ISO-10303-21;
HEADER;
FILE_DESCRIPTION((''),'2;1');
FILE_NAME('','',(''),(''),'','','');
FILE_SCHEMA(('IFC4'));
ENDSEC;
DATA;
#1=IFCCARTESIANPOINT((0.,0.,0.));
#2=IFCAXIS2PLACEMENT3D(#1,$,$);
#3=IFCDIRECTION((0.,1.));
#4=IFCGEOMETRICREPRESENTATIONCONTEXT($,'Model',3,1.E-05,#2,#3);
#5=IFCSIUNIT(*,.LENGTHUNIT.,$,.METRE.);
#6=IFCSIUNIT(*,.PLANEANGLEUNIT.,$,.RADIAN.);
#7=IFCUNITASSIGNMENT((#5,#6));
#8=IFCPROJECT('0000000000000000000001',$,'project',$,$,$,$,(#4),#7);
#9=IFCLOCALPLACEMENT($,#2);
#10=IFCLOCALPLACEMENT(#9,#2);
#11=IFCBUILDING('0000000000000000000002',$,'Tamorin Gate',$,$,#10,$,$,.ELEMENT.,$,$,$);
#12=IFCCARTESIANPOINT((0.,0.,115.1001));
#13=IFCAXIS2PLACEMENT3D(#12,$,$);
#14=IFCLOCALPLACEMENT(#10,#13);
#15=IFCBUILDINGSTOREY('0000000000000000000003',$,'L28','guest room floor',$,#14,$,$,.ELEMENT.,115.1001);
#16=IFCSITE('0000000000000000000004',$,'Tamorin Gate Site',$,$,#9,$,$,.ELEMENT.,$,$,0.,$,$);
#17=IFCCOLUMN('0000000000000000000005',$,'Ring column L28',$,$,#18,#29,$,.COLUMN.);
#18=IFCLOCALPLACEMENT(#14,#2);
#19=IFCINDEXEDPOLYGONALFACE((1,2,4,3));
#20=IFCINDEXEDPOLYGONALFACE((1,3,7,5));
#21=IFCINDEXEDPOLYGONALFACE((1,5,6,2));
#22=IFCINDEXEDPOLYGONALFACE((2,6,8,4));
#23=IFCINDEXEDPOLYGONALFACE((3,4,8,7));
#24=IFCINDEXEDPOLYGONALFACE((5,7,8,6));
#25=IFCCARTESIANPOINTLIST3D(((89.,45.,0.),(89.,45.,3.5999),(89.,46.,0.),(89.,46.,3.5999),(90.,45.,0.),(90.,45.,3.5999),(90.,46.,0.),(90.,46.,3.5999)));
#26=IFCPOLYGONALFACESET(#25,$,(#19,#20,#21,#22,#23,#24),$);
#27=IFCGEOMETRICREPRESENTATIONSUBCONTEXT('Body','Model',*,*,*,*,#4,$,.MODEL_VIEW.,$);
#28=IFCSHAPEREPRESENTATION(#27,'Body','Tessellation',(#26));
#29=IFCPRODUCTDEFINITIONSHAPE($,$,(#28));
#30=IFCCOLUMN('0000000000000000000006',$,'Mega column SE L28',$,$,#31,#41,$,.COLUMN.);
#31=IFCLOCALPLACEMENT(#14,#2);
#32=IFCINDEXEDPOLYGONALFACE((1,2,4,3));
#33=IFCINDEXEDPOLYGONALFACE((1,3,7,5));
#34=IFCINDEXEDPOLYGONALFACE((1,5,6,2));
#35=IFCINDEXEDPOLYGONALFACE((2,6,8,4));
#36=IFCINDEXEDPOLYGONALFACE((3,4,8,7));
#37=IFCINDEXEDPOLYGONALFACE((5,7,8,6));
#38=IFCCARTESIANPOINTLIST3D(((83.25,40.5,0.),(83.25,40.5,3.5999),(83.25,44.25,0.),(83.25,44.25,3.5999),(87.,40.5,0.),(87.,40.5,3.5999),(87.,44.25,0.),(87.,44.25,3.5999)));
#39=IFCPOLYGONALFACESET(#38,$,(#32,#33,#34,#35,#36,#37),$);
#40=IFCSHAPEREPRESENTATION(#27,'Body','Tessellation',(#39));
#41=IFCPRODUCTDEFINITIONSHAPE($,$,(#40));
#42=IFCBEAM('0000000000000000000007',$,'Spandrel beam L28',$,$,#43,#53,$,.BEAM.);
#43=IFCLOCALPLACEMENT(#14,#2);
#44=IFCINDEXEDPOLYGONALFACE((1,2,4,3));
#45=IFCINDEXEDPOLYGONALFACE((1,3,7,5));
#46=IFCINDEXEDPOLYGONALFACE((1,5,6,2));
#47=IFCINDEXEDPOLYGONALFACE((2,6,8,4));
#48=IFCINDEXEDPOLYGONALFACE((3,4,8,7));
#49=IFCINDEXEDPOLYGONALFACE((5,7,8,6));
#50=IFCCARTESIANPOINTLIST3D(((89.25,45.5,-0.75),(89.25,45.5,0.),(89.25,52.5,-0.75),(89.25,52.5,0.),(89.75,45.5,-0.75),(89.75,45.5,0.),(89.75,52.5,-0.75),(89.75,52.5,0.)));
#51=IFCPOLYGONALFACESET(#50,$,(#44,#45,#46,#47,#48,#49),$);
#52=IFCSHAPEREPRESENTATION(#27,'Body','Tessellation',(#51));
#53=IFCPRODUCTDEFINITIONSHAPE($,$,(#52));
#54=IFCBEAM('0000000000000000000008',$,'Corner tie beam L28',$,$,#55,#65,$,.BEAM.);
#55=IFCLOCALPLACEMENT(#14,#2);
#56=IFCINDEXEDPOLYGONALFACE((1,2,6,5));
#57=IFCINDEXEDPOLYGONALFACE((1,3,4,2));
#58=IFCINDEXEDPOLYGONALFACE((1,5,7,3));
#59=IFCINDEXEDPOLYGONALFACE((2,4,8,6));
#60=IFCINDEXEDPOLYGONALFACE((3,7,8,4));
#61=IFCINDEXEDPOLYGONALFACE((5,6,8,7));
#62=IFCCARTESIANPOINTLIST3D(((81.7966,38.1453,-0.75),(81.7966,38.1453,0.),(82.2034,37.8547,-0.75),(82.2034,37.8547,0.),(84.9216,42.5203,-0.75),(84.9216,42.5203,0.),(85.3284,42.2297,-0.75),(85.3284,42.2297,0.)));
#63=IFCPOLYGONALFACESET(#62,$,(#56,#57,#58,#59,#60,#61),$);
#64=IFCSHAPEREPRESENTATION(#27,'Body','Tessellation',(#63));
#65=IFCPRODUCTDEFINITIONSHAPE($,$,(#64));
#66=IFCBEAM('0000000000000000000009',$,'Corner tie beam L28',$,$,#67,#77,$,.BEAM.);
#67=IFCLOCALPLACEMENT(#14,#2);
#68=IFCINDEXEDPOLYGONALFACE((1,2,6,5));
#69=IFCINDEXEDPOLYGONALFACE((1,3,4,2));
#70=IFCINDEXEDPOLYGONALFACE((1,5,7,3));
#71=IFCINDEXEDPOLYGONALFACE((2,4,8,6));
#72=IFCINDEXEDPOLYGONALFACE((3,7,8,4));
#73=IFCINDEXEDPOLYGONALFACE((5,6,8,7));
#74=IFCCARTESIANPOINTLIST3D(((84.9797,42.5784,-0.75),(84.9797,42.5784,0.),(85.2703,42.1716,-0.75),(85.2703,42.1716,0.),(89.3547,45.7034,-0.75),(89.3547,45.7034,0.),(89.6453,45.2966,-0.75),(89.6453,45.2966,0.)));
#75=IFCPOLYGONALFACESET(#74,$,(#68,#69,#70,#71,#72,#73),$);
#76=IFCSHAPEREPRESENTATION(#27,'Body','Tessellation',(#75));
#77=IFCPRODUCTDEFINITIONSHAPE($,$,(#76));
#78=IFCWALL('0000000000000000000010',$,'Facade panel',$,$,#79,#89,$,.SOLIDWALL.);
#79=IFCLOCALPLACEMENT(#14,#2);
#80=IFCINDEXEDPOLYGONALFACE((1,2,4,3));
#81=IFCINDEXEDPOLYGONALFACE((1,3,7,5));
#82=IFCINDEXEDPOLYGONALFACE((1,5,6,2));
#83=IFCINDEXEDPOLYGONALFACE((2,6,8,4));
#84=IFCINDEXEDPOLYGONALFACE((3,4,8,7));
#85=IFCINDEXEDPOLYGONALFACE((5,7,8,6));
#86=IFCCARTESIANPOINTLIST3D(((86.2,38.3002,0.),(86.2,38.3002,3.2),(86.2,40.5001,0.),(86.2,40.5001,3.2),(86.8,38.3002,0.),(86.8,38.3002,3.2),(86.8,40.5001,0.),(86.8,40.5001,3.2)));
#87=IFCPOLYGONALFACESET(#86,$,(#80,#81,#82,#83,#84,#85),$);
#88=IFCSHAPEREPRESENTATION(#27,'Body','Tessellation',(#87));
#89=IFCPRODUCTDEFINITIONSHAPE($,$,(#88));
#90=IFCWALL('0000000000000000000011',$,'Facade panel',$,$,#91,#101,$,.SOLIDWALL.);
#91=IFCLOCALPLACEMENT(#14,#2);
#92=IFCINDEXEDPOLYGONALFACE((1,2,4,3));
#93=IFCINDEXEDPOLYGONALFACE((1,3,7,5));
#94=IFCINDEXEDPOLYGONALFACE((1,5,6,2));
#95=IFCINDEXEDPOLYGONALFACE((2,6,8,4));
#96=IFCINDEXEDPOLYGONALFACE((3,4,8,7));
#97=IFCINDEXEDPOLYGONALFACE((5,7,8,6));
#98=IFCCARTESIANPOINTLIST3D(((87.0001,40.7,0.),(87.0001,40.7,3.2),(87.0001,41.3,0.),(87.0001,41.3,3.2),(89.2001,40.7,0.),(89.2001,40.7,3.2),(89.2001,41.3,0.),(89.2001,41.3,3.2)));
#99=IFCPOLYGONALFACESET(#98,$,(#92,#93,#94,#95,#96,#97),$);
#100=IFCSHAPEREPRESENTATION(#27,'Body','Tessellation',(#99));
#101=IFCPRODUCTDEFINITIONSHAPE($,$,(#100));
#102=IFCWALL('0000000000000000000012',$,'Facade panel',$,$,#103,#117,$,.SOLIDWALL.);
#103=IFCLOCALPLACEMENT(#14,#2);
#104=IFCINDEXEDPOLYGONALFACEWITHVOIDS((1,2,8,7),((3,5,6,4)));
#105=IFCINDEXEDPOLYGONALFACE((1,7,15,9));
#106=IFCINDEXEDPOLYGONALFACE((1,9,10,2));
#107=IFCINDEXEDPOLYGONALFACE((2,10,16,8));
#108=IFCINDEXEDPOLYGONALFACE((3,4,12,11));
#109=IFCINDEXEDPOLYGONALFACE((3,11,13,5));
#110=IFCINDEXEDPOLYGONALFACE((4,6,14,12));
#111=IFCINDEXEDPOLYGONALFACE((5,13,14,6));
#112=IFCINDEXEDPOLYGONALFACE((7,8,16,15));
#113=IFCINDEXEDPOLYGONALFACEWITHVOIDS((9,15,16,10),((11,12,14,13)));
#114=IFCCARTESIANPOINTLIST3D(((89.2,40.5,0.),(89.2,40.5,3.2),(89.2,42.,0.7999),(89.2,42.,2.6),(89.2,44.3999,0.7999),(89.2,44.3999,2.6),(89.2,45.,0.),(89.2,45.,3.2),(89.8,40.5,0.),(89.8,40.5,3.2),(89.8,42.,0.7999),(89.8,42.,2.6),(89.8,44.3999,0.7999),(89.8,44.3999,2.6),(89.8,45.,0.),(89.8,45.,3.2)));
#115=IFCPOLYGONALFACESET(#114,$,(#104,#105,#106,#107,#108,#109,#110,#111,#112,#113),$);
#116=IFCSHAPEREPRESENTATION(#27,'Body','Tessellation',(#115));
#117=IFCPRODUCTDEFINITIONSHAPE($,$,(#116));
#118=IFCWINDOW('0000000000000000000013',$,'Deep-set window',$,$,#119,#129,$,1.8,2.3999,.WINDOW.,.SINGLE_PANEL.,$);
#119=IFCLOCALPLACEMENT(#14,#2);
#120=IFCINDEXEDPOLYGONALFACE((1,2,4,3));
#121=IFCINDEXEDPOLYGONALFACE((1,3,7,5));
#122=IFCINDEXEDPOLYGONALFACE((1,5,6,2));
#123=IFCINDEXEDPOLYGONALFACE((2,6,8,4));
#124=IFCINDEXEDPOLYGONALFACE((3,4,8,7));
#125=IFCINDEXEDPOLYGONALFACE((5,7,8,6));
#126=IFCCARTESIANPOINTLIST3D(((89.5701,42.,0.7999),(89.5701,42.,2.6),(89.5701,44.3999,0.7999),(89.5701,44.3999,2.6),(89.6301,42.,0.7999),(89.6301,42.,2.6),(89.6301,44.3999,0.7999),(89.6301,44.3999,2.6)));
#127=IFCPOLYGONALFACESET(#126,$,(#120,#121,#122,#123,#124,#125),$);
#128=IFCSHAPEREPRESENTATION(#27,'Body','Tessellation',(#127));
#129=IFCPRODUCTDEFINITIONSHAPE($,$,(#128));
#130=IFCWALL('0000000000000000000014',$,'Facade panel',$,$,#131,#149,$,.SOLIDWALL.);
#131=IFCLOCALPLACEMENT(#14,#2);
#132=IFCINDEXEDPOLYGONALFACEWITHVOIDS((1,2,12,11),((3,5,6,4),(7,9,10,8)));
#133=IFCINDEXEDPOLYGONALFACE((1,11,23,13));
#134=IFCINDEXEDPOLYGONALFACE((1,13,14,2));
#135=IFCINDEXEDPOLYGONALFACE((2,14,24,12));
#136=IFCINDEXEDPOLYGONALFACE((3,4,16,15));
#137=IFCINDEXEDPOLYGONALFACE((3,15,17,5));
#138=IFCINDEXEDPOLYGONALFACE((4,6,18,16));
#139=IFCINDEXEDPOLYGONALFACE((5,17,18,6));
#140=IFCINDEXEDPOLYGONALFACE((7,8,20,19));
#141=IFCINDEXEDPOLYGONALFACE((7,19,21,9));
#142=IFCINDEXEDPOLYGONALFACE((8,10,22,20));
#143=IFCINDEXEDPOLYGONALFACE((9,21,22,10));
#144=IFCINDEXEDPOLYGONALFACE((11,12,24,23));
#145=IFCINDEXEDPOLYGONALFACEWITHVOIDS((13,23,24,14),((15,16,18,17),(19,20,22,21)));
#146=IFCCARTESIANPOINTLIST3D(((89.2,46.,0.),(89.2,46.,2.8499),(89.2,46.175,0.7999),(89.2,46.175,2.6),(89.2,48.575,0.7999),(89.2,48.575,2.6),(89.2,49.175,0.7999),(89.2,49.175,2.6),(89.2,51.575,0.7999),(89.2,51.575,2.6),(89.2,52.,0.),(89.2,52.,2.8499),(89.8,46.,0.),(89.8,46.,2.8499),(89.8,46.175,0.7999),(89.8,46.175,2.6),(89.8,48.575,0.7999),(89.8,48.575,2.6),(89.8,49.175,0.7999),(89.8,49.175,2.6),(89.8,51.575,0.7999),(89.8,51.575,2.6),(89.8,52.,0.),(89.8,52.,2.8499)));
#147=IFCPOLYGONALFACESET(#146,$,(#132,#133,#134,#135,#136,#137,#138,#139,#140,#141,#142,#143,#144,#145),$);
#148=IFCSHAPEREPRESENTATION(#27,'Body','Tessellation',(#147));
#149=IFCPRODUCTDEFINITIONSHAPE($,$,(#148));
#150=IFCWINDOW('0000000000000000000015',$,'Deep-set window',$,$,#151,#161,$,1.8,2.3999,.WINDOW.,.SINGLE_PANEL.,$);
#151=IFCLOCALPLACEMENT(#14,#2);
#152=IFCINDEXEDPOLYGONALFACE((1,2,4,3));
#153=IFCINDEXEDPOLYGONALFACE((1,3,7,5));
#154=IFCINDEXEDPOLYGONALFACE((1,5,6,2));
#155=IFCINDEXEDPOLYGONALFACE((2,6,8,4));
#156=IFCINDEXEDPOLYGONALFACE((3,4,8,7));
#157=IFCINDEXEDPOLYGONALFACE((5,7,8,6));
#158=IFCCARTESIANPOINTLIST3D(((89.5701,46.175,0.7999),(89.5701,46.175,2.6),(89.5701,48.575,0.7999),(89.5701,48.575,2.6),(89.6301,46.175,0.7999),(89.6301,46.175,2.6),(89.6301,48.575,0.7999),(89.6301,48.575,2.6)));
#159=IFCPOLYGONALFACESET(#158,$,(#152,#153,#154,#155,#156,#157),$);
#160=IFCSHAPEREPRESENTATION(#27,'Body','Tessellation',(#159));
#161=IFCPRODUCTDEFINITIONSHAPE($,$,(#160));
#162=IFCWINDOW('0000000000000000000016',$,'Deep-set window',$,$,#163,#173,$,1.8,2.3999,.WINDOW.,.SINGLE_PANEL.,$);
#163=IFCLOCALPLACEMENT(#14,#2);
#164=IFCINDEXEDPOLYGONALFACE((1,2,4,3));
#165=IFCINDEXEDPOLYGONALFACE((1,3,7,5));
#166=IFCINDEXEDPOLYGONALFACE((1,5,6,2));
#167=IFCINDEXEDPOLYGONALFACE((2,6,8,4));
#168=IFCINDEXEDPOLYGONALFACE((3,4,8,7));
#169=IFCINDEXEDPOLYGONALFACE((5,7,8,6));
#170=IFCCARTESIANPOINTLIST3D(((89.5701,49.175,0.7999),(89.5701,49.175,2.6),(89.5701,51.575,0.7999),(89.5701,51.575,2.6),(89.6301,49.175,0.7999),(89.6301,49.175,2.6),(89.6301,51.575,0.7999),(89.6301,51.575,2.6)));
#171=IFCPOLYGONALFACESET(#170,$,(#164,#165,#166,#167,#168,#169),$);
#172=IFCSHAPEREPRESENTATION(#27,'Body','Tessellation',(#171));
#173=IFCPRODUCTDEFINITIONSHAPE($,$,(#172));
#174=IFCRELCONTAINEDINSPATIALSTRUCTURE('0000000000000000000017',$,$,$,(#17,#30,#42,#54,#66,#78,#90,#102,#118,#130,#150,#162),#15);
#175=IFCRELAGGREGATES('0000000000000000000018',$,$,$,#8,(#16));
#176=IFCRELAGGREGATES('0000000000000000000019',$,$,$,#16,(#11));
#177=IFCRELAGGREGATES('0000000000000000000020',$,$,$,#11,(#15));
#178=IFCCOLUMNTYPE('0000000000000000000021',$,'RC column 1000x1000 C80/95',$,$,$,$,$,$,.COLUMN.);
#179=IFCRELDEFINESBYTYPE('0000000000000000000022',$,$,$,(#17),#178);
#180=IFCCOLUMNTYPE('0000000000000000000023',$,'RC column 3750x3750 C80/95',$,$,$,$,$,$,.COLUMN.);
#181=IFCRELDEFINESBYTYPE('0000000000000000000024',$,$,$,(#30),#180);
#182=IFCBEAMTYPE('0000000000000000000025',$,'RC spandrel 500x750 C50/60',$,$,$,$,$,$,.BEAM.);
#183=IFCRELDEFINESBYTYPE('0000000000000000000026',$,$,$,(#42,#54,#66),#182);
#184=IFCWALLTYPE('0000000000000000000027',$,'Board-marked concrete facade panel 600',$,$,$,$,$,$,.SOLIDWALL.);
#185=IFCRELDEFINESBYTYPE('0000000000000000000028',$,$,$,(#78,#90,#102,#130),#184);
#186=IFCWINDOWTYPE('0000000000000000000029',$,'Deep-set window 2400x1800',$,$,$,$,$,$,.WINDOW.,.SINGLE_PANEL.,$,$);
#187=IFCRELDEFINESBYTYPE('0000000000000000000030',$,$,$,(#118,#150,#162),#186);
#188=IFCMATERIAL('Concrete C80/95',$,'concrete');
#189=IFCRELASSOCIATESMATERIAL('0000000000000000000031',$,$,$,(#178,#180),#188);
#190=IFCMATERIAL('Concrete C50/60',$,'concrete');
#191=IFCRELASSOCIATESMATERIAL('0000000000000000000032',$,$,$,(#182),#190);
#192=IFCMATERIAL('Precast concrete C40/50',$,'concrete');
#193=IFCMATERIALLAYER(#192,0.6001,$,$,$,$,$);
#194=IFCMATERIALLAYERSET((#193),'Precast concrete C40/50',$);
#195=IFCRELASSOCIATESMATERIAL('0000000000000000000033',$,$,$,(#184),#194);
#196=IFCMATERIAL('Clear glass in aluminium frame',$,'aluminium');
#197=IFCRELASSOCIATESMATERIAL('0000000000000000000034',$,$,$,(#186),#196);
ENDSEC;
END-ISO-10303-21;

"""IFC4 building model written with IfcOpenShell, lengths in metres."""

from ifc_helpers import new_model, si_unit, direction, frame, frame_2d, origin, origin_2d, place, context, subcontext, project, spatial, rectangle, extrude, material, layer, layer_set, material_profile, profile_set, type_object, element, fill, save


model = new_model("IFC4")

# Units and contexts
model_context = context("Model", 3, precision=1e-05, world=origin(), true_north=direction((0.0, 1.0)))
body_context = subcontext(model_context, "Body", "Model", "MODEL_VIEW")
ifc_project = project(units=[si_unit("LENGTHUNIT", "METRE"), si_unit("PLANEANGLEUNIT", "RADIAN")], contexts=[model_context])

# Site, building, storey
site_placement = place(None, origin())
site = spatial("IfcSite", under=ifc_project, at=site_placement, Name="Tamorin Gate Site", CompositionType="ELEMENT", RefElevation=0.0)
building_placement = place(site_placement, origin())
building = spatial("IfcBuilding", under=site, at=building_placement, Name="Tamorin Gate", CompositionType="ELEMENT")
storey_placement = place(building_placement, frame((0.0, 0.0, 115.1001)))
storey = spatial("IfcBuildingStorey", under=building, at=storey_placement, Name="L28", Description="guest room floor", CompositionType="ELEMENT", Elevation=115.1001)

# Columns
ifc_material_1 = material(Name="Concrete C80/95", Category="concrete")
ifc_material_profile_1 = material_profile(ifc_material_1, rectangle(XDim=1.0, YDim=1.0, at=origin_2d()), Name="RC 1000x1000")
ifc_profile_set_1 = profile_set([ifc_material_profile_1], Name="Concrete C80/95")
column_type_1 = type_object("IfcColumnType", Name="RC column 1000x1000 C80/95", PredefinedType="COLUMN", material=ifc_profile_set_1)
column_1_placement = place(storey_placement, frame((89.5, 45.5, 0.0), z_axis=(0.0, 0.0, 1.0), x_axis=(1.0, 0.0, 0.0)))
element("IfcColumn", 1, at=column_1_placement, inside=storey, type_object=column_type_1, Name="Ring column L28", PredefinedType="COLUMN", context=body_context, shape_type="SweptSolid", body=[
    extrude(rectangle(XDim=1.0, YDim=1.0, at=origin_2d()), origin(), (0.0, 0.0, 1.0), 3.5999),
])
ifc_material_profile_2 = material_profile(ifc_material_1, rectangle(XDim=3.75, YDim=3.75, at=origin_2d()), Name="RC 3750x3750")
ifc_profile_set_2 = profile_set([ifc_material_profile_2], Name="Concrete C80/95")
column_type_2 = type_object("IfcColumnType", Name="RC column 3750x3750 C80/95", PredefinedType="COLUMN", material=ifc_profile_set_2)
column_2_placement = place(storey_placement, frame((85.125, 42.375, 0.0), z_axis=(0.0, 0.0, 1.0), x_axis=(1.0, 0.0, 0.0)))
element("IfcColumn", 2, at=column_2_placement, inside=storey, type_object=column_type_2, Name="Mega column SE L28", PredefinedType="COLUMN", context=body_context, shape_type="SweptSolid", body=[
    extrude(rectangle(XDim=3.75, YDim=3.75, at=origin_2d()), origin(), (0.0, 0.0, 1.0), 3.5999),
])

# Beams
ifc_material_2 = material(Name="Concrete C50/60", Category="concrete")
ifc_material_profile_3 = material_profile(ifc_material_2, rectangle(XDim=0.5, YDim=0.75, at=origin_2d()), Name="RC 500x750")
ifc_profile_set_3 = profile_set([ifc_material_profile_3], Name="Concrete C50/60")
beam_type = type_object("IfcBeamType", Name="RC spandrel 500x750 C50/60", PredefinedType="BEAM", material=ifc_profile_set_3)
beam_placement = place(storey_placement, frame((89.5, 45.5, -0.375), z_axis=(0.0, 1.0, 0.0), x_axis=(-1.0, 0.0, 0.0)))
element("IfcBeam", 3, at=beam_placement, inside=storey, type_object=beam_type, Name="Spandrel beam L28", PredefinedType="BEAM", context=body_context, shape_type="SweptSolid", body=[
    extrude(rectangle(XDim=0.5, YDim=0.75, at=origin_2d()), origin(), (0.0, 0.0, 1.0), 7.0),
])
for number, where, z_axis, x_axis, name in (
    (4, (85.125, 42.375, -0.375), (-0.581238, -0.813733, 0.0), (0.813733, -0.581238, 0.0), "Corner tie beam L28"),
    (5, (85.125, 42.375, -0.375), (0.813733, 0.581238, 0.0), (-0.581238, 0.813733, 0.0), "Corner tie beam L28"),
):
    element("IfcBeam", number, at=place(storey_placement, frame(where, z_axis=z_axis, x_axis=x_axis)), inside=storey, type_object=beam_type, Name=name, PredefinedType="BEAM", context=body_context, shape_type="SweptSolid", body=[
        extrude(rectangle(XDim=0.5, YDim=0.75, at=origin_2d()), origin(), (0.0, 0.0, 1.0), 5.3765),
    ])

# Walls
ifc_material_3 = material(Name="Precast concrete C40/50", Category="concrete")
ifc_layer_1 = layer(ifc_material_3, 0.6001)
ifc_layer_set_1 = layer_set([ifc_layer_1], Name="Precast concrete C40/50")
wall_type_1 = type_object("IfcWallType", Name="Board-marked concrete facade panel 600", PredefinedType="SOLIDWALL", material=ifc_layer_set_1)
for number, where, z_axis, x_axis, name in (
    (6, (86.5, 38.3, 0.0), (0.0, 0.0, 1.0), (0.0, 1.0, 0.0), "Facade panel"),
    (7, (87.0, 41.0, 0.0), (0.0, 0.0, 1.0), (1.0, 0.0, 0.0), "Facade panel"),
):
    element("IfcWall", number, at=place(storey_placement, frame(where, z_axis=z_axis, x_axis=x_axis)), inside=storey, type_object=wall_type_1, Name=name, PredefinedType="SOLIDWALL", context=body_context, shape_type="SweptSolid", body=[
        extrude(rectangle(XDim=2.2, YDim=0.6001, at=frame_2d((1.1001, 0.0))), origin(), (0.0, 0.0, 1.0), 3.2),
    ])

# Wall, opening, window
wall_1_placement = place(storey_placement, frame((89.5, 40.5, 0.0), z_axis=(0.0, 0.0, 1.0), x_axis=(0.0, 1.0, 0.0)))
wall_1 = element("IfcWall", 8, at=wall_1_placement, inside=storey, type_object=wall_type_1, Name="Facade panel", PredefinedType="SOLIDWALL", context=body_context, shape_type="SweptSolid", body=[
    extrude(rectangle(XDim=4.5, YDim=0.6001, at=frame_2d((2.25, 0.0))), origin(), (0.0, 0.0, 1.0), 3.2),
])
opening_1_placement = place(wall_1_placement, frame((1.5, 0.0, 0.8)))
opening_1 = element("IfcOpeningElement", 9, at=opening_1_placement, cuts=wall_1, PredefinedType="OPENING", context=body_context, shape_type="SweptSolid", body=[
    extrude(rectangle(XDim=2.3999, YDim=1.8, at=frame_2d((1.2, 0.8999))), frame((0.0, 0.3101, 0.0), z_axis=(0.0, -1.0, 0.0), x_axis=(1.0, 0.0, 0.0)), (0.0, 0.0, 1.0), 0.6201),
])
ifc_material_4 = material(Name="Clear glass in aluminium frame", Category="aluminium")
window_type = type_object("IfcWindowType", Name="Deep-set window 2400x1800", PartitioningType="SINGLE_PANEL", PredefinedType="WINDOW", material=ifc_material_4)
window_1_placement = place(opening_1_placement, origin())
window_1 = element("IfcWindow", 10, at=window_1_placement, inside=storey, type_object=window_type, Name="Deep-set window", OverallHeight=1.8, OverallWidth=2.3999, PartitioningType="SINGLE_PANEL", PredefinedType="WINDOW", context=body_context, shape_type="SweptSolid", body=[
    extrude(rectangle(XDim=2.3999, YDim=1.8, at=frame_2d((1.2, 0.8999))), frame((0.0, -0.0701, 0.0), z_axis=(0.0, -1.0, 0.0), x_axis=(1.0, 0.0, 0.0)), (0.0, 0.0, 1.0), 0.0601),
])
fill(opening_1, window_1)

# Wall, openings, windows
wall_2_placement = place(storey_placement, frame((89.5, 46.0, 0.0), z_axis=(0.0, 0.0, 1.0), x_axis=(0.0, 1.0, 0.0)))
wall_2 = element("IfcWall", 11, at=wall_2_placement, inside=storey, type_object=wall_type_1, Name="Facade panel", PredefinedType="SOLIDWALL", context=body_context, shape_type="SweptSolid", body=[
    extrude(rectangle(XDim=6.0, YDim=0.6001, at=frame_2d((3.0, 0.0))), origin(), (0.0, 0.0, 1.0), 2.8499),
])
opening_2_placement = place(wall_2_placement, frame((0.175, 0.0, 0.8)))
opening_2 = element("IfcOpeningElement", 12, at=opening_2_placement, cuts=wall_2, PredefinedType="OPENING", context=body_context, shape_type="SweptSolid", body=[
    extrude(rectangle(XDim=2.3999, YDim=1.8, at=frame_2d((1.2, 0.8999))), frame((0.0, 0.3101, 0.0), z_axis=(0.0, -1.0, 0.0), x_axis=(1.0, 0.0, 0.0)), (0.0, 0.0, 1.0), 0.6201),
])
opening_3_placement = place(wall_2_placement, frame((3.175, 0.0, 0.8)))
opening_3 = element("IfcOpeningElement", 13, at=opening_3_placement, cuts=wall_2, PredefinedType="OPENING", context=body_context, shape_type="SweptSolid", body=[
    extrude(rectangle(XDim=2.3999, YDim=1.8, at=frame_2d((1.2, 0.8999))), frame((0.0, 0.3101, 0.0), z_axis=(0.0, -1.0, 0.0), x_axis=(1.0, 0.0, 0.0)), (0.0, 0.0, 1.0), 0.6201),
])
window_2_placement = place(opening_2_placement, origin())
window_2 = element("IfcWindow", 14, at=window_2_placement, inside=storey, type_object=window_type, Name="Deep-set window", OverallHeight=1.8, OverallWidth=2.3999, PartitioningType="SINGLE_PANEL", PredefinedType="WINDOW", context=body_context, shape_type="SweptSolid", body=[
    extrude(rectangle(XDim=2.3999, YDim=1.8, at=frame_2d((1.2, 0.8999))), frame((0.0, -0.0701, 0.0), z_axis=(0.0, -1.0, 0.0), x_axis=(1.0, 0.0, 0.0)), (0.0, 0.0, 1.0), 0.0601),
])
fill(opening_2, window_2)
window_3_placement = place(opening_3_placement, origin())
window_3 = element("IfcWindow", 15, at=window_3_placement, inside=storey, type_object=window_type, Name="Deep-set window", OverallHeight=1.8, OverallWidth=2.3999, PartitioningType="SINGLE_PANEL", PredefinedType="WINDOW", context=body_context, shape_type="SweptSolid", body=[
    extrude(rectangle(XDim=2.3999, YDim=1.8, at=frame_2d((1.2, 0.8999))), frame((0.0, -0.0701, 0.0), z_axis=(0.0, -1.0, 0.0), x_axis=(1.0, 0.0, 0.0)), (0.0, 0.0, 1.0), 0.0601),
])
fill(opening_3, window_3)

save(model, "model.ifc")
